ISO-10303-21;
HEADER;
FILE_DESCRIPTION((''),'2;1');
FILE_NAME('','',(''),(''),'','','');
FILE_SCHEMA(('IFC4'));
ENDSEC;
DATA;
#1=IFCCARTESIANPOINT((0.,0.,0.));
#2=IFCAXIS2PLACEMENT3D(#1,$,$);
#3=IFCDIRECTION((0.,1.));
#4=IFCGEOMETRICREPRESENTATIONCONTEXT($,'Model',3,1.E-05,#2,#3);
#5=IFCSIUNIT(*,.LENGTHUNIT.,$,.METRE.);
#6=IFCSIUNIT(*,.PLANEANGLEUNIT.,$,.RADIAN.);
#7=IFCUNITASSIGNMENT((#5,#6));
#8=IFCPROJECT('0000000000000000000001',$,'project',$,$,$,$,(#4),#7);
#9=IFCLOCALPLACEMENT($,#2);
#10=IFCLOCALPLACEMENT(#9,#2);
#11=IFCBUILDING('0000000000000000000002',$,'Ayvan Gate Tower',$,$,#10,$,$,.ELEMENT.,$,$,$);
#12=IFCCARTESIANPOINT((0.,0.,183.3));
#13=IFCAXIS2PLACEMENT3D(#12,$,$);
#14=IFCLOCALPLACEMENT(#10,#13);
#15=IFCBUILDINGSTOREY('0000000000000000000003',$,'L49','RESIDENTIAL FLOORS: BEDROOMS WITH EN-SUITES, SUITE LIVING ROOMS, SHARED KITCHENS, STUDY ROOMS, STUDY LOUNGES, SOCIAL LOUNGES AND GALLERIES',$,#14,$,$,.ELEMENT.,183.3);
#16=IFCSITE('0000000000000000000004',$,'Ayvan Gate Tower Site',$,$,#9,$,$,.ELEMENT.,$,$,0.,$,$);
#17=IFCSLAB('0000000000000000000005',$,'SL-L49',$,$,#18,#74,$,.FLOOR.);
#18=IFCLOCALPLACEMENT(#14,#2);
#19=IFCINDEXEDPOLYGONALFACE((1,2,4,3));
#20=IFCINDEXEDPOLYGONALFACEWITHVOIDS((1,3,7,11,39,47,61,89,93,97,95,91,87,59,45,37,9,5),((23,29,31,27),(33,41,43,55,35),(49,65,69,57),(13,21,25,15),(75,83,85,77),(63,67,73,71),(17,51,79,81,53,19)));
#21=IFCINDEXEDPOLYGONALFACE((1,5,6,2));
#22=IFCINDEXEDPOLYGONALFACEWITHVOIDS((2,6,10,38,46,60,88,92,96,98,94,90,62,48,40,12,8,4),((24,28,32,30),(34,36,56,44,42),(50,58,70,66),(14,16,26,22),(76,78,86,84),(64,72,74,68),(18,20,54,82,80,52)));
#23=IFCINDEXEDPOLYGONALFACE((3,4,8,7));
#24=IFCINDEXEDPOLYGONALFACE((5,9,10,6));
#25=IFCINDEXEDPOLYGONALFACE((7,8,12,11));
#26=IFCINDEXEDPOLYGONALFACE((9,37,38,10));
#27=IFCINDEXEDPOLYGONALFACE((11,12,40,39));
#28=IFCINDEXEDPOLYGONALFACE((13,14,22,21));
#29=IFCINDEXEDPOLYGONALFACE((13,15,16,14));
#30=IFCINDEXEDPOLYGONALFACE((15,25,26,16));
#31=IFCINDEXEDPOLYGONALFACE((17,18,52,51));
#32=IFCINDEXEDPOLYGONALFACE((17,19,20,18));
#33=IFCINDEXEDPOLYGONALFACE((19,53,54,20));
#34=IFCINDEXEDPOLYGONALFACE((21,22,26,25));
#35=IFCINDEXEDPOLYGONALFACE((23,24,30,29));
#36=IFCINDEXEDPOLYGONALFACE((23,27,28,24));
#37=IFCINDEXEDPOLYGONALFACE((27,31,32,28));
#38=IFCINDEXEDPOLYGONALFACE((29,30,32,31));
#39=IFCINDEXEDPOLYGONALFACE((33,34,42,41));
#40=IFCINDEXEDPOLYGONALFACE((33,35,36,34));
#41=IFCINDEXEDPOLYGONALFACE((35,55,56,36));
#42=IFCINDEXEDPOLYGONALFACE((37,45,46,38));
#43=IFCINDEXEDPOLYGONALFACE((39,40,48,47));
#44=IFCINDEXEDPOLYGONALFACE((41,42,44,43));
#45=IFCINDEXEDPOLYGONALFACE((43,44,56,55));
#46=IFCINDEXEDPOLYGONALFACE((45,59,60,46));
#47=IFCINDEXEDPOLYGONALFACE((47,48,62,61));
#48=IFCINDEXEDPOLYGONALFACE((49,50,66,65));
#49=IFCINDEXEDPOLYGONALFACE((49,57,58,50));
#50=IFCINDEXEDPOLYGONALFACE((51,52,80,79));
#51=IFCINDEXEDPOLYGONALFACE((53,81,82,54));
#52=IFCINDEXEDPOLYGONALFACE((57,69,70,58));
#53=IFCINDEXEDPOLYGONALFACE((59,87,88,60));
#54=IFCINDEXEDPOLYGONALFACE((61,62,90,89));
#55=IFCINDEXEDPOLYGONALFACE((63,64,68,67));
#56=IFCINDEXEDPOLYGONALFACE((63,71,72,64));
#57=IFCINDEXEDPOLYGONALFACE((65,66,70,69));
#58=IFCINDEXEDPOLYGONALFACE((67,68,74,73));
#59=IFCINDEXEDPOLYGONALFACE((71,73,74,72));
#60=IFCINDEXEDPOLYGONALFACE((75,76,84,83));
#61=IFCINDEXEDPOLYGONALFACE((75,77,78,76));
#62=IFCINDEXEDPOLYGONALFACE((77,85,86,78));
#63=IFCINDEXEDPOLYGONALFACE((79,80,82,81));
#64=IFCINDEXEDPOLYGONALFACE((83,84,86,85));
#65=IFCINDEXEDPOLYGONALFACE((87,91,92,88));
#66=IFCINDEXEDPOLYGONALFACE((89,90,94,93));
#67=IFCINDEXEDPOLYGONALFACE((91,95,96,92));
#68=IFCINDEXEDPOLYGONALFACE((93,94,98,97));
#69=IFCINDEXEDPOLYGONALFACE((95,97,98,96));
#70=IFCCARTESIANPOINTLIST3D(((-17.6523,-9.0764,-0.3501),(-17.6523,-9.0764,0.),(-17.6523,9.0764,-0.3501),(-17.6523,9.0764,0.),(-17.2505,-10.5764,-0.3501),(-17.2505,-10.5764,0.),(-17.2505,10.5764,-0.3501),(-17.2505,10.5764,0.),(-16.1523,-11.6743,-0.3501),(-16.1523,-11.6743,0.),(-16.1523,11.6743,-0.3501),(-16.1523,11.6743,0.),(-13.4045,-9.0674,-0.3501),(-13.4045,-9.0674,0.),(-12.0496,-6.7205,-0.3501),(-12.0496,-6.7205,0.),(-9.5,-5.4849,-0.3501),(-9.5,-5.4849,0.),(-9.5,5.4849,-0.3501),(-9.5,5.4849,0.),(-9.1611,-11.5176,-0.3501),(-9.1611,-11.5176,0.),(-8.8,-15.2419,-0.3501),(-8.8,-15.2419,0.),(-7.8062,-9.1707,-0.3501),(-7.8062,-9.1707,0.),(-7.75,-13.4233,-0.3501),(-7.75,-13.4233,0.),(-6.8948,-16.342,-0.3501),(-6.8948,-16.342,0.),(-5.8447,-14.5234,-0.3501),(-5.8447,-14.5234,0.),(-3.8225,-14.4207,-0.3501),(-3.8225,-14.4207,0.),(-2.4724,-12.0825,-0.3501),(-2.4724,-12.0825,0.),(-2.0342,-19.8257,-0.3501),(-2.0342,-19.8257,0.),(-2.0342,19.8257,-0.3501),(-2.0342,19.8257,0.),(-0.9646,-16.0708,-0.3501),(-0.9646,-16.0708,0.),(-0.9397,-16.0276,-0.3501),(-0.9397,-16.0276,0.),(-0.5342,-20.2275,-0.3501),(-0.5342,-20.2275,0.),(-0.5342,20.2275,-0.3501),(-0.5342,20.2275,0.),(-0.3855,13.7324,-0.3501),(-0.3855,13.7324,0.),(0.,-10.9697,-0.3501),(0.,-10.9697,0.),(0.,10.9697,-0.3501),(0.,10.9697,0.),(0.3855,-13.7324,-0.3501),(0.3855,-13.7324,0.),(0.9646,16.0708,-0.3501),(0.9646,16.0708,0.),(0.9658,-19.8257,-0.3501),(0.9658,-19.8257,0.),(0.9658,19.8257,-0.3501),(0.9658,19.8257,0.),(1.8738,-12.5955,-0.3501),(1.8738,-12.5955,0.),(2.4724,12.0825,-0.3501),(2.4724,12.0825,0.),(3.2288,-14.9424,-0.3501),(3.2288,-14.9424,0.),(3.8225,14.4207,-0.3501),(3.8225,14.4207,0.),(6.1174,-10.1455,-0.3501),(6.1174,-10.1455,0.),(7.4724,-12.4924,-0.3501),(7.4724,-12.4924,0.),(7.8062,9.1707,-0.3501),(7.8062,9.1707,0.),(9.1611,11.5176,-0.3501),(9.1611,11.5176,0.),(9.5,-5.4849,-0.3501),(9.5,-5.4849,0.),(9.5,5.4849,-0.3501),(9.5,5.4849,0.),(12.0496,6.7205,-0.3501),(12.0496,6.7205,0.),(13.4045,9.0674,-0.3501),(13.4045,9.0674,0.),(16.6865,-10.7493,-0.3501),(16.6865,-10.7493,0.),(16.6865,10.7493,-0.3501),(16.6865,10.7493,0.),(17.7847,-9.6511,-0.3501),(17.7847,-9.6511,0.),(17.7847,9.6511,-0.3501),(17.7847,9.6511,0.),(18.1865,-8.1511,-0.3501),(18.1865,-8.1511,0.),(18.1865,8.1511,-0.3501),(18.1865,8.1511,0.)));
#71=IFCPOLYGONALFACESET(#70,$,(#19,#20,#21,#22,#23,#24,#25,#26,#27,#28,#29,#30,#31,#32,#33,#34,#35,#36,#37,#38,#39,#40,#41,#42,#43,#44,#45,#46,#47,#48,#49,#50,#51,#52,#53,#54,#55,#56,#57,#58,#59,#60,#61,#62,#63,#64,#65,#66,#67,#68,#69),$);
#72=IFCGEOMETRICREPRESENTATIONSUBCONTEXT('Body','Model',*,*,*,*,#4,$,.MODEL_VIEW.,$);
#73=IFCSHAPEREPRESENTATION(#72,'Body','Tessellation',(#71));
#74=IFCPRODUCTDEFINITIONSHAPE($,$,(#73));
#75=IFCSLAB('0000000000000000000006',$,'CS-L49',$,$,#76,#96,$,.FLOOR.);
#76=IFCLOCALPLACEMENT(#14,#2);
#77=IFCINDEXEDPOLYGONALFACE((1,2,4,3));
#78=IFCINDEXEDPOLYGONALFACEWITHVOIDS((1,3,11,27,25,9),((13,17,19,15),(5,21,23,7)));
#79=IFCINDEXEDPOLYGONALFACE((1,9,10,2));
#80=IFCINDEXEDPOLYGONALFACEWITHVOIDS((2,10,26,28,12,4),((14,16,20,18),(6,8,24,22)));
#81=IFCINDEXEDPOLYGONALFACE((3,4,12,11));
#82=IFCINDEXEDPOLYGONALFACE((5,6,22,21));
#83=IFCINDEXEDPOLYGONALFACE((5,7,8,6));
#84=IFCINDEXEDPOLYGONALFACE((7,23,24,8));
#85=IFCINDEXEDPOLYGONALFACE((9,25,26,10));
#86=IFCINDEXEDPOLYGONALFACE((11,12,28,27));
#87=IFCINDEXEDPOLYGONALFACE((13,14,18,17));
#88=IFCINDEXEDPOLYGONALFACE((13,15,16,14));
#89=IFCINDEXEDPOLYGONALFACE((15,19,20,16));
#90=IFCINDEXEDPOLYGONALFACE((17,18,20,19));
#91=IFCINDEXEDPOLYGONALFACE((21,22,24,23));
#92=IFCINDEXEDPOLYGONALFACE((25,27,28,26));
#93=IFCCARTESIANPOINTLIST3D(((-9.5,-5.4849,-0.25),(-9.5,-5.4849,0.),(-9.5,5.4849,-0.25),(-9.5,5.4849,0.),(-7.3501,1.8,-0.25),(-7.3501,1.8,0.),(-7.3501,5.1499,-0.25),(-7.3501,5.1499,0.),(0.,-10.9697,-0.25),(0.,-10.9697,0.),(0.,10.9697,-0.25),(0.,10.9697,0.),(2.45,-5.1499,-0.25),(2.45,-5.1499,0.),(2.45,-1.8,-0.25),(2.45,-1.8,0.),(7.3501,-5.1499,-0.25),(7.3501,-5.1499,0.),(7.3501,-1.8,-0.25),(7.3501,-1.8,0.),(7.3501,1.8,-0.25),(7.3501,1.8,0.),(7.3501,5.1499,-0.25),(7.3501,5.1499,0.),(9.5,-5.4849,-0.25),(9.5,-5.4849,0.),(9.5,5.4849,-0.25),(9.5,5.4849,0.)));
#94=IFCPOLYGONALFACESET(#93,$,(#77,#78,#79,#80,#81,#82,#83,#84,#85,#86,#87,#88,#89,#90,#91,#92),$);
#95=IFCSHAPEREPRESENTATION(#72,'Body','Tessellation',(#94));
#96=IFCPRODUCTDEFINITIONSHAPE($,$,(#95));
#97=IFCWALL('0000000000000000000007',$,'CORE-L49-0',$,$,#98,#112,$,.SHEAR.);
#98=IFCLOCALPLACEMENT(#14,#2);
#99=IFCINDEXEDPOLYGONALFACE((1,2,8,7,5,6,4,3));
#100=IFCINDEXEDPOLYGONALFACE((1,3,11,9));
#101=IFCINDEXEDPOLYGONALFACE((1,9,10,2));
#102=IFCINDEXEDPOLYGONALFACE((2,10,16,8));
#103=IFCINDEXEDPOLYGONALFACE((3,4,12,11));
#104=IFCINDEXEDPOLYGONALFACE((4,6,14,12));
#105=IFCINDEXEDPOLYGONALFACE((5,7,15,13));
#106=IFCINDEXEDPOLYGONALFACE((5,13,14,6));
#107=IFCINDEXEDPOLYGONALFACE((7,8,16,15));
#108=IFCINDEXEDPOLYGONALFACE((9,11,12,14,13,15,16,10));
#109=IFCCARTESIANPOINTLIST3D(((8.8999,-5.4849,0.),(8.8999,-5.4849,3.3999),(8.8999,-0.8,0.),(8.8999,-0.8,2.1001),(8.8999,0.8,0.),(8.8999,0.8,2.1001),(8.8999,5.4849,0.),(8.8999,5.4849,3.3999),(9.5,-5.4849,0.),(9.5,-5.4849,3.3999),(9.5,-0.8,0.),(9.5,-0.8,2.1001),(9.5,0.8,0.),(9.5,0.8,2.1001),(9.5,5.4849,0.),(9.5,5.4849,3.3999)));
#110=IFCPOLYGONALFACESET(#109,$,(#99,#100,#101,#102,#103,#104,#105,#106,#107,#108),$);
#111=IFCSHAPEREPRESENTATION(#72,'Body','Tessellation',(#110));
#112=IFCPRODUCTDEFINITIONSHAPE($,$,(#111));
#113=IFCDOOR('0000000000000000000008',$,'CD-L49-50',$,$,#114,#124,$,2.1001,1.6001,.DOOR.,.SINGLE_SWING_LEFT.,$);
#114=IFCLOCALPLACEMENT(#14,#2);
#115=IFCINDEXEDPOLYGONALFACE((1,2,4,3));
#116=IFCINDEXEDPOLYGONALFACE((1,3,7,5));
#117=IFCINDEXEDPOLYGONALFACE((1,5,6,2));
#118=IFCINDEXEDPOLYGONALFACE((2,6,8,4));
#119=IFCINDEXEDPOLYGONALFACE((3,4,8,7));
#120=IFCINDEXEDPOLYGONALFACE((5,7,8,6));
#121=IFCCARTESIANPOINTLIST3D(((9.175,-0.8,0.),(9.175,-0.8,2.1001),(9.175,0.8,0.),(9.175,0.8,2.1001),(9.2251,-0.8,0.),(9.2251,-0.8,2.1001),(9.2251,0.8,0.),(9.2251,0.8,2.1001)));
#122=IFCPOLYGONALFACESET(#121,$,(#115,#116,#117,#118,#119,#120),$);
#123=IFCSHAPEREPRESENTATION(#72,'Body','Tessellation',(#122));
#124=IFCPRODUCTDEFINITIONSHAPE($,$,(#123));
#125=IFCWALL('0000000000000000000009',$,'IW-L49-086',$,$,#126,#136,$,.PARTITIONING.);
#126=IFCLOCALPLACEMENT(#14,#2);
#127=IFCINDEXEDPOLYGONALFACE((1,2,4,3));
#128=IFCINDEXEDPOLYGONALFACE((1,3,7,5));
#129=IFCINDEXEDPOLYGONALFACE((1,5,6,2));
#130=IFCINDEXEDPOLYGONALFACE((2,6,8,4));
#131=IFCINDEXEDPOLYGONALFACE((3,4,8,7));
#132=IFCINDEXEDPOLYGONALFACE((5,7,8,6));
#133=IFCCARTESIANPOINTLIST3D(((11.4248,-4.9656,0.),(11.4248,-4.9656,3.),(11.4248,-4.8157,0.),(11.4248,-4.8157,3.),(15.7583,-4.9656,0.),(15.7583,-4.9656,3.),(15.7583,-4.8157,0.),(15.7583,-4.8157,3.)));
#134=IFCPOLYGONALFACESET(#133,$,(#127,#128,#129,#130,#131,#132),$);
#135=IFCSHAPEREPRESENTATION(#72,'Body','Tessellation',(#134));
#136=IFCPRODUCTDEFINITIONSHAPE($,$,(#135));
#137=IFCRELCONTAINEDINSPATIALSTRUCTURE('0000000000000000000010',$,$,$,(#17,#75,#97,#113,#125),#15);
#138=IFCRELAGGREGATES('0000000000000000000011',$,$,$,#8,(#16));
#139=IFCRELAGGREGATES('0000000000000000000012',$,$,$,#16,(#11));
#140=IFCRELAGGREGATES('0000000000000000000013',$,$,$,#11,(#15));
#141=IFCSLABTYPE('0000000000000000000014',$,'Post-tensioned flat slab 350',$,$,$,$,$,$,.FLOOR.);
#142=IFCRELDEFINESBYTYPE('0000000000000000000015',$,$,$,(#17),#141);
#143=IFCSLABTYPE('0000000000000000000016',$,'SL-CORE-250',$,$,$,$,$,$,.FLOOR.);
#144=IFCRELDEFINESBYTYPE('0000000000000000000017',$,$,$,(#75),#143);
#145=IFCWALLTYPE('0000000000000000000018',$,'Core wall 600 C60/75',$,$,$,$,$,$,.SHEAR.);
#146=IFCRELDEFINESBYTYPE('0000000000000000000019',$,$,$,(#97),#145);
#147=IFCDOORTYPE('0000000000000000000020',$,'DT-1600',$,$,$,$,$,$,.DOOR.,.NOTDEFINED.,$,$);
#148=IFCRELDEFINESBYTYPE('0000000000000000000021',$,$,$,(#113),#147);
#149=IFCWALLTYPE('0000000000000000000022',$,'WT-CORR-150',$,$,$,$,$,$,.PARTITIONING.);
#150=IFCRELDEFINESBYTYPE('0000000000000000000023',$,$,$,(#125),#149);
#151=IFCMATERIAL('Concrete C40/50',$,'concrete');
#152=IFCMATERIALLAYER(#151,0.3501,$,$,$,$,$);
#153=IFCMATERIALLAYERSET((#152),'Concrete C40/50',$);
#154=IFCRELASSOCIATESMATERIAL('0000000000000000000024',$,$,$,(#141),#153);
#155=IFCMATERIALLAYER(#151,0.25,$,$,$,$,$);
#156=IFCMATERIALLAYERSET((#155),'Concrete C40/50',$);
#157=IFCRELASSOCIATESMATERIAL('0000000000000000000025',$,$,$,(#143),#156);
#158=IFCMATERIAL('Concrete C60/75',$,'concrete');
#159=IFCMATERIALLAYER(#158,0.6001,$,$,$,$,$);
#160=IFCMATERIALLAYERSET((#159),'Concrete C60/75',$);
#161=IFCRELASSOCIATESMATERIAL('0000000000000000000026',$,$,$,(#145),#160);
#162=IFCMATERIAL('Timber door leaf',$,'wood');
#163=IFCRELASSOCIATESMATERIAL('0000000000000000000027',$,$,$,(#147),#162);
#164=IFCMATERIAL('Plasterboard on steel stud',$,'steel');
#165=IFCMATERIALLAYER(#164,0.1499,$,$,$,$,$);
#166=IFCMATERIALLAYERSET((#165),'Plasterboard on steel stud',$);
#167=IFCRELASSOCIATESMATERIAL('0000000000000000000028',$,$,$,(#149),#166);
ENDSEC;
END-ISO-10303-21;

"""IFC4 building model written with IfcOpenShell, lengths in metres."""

from ifc_helpers import new_model, si_unit, direction, frame, frame_2d, origin, place, context, subcontext, project, spatial, polyline, rectangle, outline, extrude, material, layer, layer_set, type_object, element, fill, save


model = new_model("IFC4")

# Units and contexts
model_context = context("Model", 3, precision=1e-05, world=origin(), true_north=direction((0.0, 1.0)))
body_context = subcontext(model_context, "Body", "Model", "MODEL_VIEW")
ifc_project = project(units=[si_unit("LENGTHUNIT", "METRE"), si_unit("PLANEANGLEUNIT", "RADIAN")], contexts=[model_context])

# Site, building, storey
site_placement = place(None, origin())
site = spatial("IfcSite", under=ifc_project, at=site_placement, Name="Ayvan Gate Tower Site", CompositionType="ELEMENT", RefElevation=0.0)
building_placement = place(site_placement, origin())
building = spatial("IfcBuilding", under=site, at=building_placement, Name="Ayvan Gate Tower", CompositionType="ELEMENT")
storey_placement = place(building_placement, frame((0.0, 0.0, 183.3)))
storey = spatial("IfcBuildingStorey", under=building, at=storey_placement, Name="L49", Description="RESIDENTIAL FLOORS: BEDROOMS WITH EN-SUITES, SUITE LIVING ROOMS, SHARED KITCHENS, STUDY ROOMS, STUDY LOUNGES, SOCIAL LOUNGES AND GALLERIES", CompositionType="ELEMENT", Elevation=183.3)

# Slabs
ifc_material_1 = material(Name="Concrete C40/50", Category="concrete")
ifc_layer_1 = layer(ifc_material_1, 0.3501)
ifc_layer_set_1 = layer_set([ifc_layer_1], Name="Concrete C40/50")
slab_type_1 = type_object("IfcSlabType", Name="Post-tensioned flat slab 350", PredefinedType="FLOOR", material=ifc_layer_set_1)
slab_1_placement = place(storey_placement, frame((0.0, 0.0, -0.3501)))
element("IfcSlab", 1, at=slab_1_placement, inside=storey, type_object=slab_type_1, Name="SL-L49", PredefinedType="FLOOR", context=body_context, shape_type="SweptSolid", body=[
    extrude(outline(polyline([(-0.5342, -20.2275), (-2.0342, -19.8257), (-16.1523, -11.6743), (-17.2505, -10.5764), (-17.6523, -9.0764), (-17.6523, 9.0764), (-17.2505, 10.5764), (-16.1523, 11.6743), (-2.0342, 19.8257), (-0.5342, 20.2275), (0.9658, 19.8257), (16.6865, 10.7493), (17.7847, 9.6511), (18.1865, 8.1511), (18.1865, -8.1511), (17.7847, -9.6511), (16.6865, -10.7493), (0.9658, -19.8257), (-0.5342, -20.2275)]), holes=[polyline([(13.4045, 9.0674), (9.1611, 11.5176), (7.8062, 9.1707), (12.0496, 6.7205), (13.4045, 9.0674)]), polyline([(0.0, 10.9697), (-9.5, 5.4849), (-9.5, -5.4849), (0.0, -10.9697), (9.5, -5.4849), (9.5, 5.4849), (0.0, 10.9697)]), polyline([(3.2288, -14.9424), (7.4724, -12.4924), (6.1174, -10.1455), (1.8738, -12.5955), (3.2288, -14.9424)]), polyline([(0.9646, 16.0708), (-0.3855, 13.7324), (2.4724, 12.0825), (3.8225, 14.4207), (0.9646, 16.0708)]), polyline([(0.3855, -13.7324), (-2.4724, -12.0825), (-3.8225, -14.4207), (-0.9646, -16.0708), (-0.9397, -16.0276), (0.3855, -13.7324)]), polyline([(-6.8948, -16.342), (-5.8447, -14.5234), (-7.75, -13.4233), (-8.8, -15.2419), (-6.8948, -16.342)]), polyline([(-7.8062, -9.1707), (-12.0496, -6.7205), (-13.4045, -9.0674), (-9.1611, -11.5176), (-7.8062, -9.1707)])]), origin(), (0.0, 0.0, 1.0), 0.3501),
])
ifc_layer_2 = layer(ifc_material_1, 0.25)
ifc_layer_set_2 = layer_set([ifc_layer_2], Name="Concrete C40/50")
slab_type_2 = type_object("IfcSlabType", Name="SL-CORE-250", PredefinedType="FLOOR", material=ifc_layer_set_2)
slab_2_placement = place(storey_placement, frame((0.0, 0.0, -0.25)))
element("IfcSlab", 2, at=slab_2_placement, inside=storey, type_object=slab_type_2, Name="CS-L49", PredefinedType="FLOOR", context=body_context, shape_type="SweptSolid", body=[
    extrude(outline(polyline([(9.5, -5.4849), (0.0, -10.9697), (-9.5, -5.4849), (-9.5, 5.4849), (0.0, 10.9697), (9.5, 5.4849), (9.5, -5.4849)]), holes=[polyline([(-7.3501, 5.1499), (-7.3501, 1.8), (7.3501, 1.8), (7.3501, 5.1499), (-7.3501, 5.1499)]), polyline([(2.45, -1.8), (2.45, -5.1499), (7.3501, -5.1499), (7.3501, -1.8), (2.45, -1.8)])]), origin(), (0.0, 0.0, 1.0), 0.25),
])

# Wall, opening, door
ifc_material_2 = material(Name="Concrete C60/75", Category="concrete")
ifc_layer_3 = layer(ifc_material_2, 0.6001)
ifc_layer_set_3 = layer_set([ifc_layer_3], Name="Concrete C60/75")
wall_type_1 = type_object("IfcWallType", Name="Core wall 600 C60/75", PredefinedType="SHEAR", material=ifc_layer_set_3)
wall_1_placement = place(storey_placement, frame((9.2, -5.4849, 0.0), z_axis=(0.0, 0.0, 1.0), x_axis=(0.0, 1.0, 0.0)))
wall_1 = element("IfcWall", 3, at=wall_1_placement, inside=storey, type_object=wall_type_1, Name="CORE-L49-0", PredefinedType="SHEAR", context=body_context, shape_type="SweptSolid", body=[
    extrude(rectangle(XDim=10.9697, YDim=0.6001, at=frame_2d((5.4849, 0.0))), origin(), (0.0, 0.0, 1.0), 3.3999),
])
opening_1_placement = place(wall_1_placement, frame((4.6848, 0.0, 0.0)))
opening_1 = element("IfcOpeningElement", 4, at=opening_1_placement, cuts=wall_1, PredefinedType="OPENING", context=body_context, shape_type="SweptSolid", body=[
    extrude(rectangle(XDim=1.6001, YDim=2.1001, at=frame_2d((0.8, 1.05))), frame((0.0, 0.3101, 0.0), z_axis=(0.0, -1.0, 0.0), x_axis=(1.0, 0.0, 0.0)), (0.0, 0.0, 1.0), 0.6201),
])
ifc_material_3 = material(Name="Timber door leaf", Category="wood")
door_type_1 = type_object("IfcDoorType", Name="DT-1600", OperationType="NOTDEFINED", PredefinedType="DOOR", material=ifc_material_3)
door_1_placement = place(opening_1_placement, origin())
door_1 = element("IfcDoor", 5, at=door_1_placement, inside=storey, type_object=door_type_1, Name="CD-L49-50", OperationType="SINGLE_SWING_LEFT", OverallHeight=2.1001, OverallWidth=1.6001, PredefinedType="DOOR", context=body_context, shape_type="SweptSolid", body=[
    extrude(rectangle(XDim=1.6001, YDim=2.1001, at=frame_2d((0.8, 1.05))), frame((0.0, 0.0249, 0.0), z_axis=(0.0, -1.0, 0.0), x_axis=(1.0, 0.0, 0.0)), (0.0, 0.0, 1.0), 0.05),
])
fill(opening_1, door_1)

# Wall
ifc_material_4 = material(Name="Plasterboard on steel stud", Category="steel")
ifc_layer_4 = layer(ifc_material_4, 0.1499)
ifc_layer_set_4 = layer_set([ifc_layer_4], Name="Plasterboard on steel stud")
wall_type_2 = type_object("IfcWallType", Name="WT-CORR-150", PredefinedType="PARTITIONING", material=ifc_layer_set_4)
wall_2_placement = place(storey_placement, frame((11.4248, -4.8906, 0.0), z_axis=(0.0, 0.0, 1.0), x_axis=(1.0, 0.0, 0.0)))
element("IfcWall", 6, at=wall_2_placement, inside=storey, type_object=wall_type_2, Name="IW-L49-086", PredefinedType="PARTITIONING", context=body_context, shape_type="SweptSolid", body=[
    extrude(rectangle(XDim=4.3335, YDim=0.1499, at=frame_2d((2.1667, 0.0))), origin(), (0.0, 0.0, 1.0), 3.0),
])

save(model, "model.ifc")
